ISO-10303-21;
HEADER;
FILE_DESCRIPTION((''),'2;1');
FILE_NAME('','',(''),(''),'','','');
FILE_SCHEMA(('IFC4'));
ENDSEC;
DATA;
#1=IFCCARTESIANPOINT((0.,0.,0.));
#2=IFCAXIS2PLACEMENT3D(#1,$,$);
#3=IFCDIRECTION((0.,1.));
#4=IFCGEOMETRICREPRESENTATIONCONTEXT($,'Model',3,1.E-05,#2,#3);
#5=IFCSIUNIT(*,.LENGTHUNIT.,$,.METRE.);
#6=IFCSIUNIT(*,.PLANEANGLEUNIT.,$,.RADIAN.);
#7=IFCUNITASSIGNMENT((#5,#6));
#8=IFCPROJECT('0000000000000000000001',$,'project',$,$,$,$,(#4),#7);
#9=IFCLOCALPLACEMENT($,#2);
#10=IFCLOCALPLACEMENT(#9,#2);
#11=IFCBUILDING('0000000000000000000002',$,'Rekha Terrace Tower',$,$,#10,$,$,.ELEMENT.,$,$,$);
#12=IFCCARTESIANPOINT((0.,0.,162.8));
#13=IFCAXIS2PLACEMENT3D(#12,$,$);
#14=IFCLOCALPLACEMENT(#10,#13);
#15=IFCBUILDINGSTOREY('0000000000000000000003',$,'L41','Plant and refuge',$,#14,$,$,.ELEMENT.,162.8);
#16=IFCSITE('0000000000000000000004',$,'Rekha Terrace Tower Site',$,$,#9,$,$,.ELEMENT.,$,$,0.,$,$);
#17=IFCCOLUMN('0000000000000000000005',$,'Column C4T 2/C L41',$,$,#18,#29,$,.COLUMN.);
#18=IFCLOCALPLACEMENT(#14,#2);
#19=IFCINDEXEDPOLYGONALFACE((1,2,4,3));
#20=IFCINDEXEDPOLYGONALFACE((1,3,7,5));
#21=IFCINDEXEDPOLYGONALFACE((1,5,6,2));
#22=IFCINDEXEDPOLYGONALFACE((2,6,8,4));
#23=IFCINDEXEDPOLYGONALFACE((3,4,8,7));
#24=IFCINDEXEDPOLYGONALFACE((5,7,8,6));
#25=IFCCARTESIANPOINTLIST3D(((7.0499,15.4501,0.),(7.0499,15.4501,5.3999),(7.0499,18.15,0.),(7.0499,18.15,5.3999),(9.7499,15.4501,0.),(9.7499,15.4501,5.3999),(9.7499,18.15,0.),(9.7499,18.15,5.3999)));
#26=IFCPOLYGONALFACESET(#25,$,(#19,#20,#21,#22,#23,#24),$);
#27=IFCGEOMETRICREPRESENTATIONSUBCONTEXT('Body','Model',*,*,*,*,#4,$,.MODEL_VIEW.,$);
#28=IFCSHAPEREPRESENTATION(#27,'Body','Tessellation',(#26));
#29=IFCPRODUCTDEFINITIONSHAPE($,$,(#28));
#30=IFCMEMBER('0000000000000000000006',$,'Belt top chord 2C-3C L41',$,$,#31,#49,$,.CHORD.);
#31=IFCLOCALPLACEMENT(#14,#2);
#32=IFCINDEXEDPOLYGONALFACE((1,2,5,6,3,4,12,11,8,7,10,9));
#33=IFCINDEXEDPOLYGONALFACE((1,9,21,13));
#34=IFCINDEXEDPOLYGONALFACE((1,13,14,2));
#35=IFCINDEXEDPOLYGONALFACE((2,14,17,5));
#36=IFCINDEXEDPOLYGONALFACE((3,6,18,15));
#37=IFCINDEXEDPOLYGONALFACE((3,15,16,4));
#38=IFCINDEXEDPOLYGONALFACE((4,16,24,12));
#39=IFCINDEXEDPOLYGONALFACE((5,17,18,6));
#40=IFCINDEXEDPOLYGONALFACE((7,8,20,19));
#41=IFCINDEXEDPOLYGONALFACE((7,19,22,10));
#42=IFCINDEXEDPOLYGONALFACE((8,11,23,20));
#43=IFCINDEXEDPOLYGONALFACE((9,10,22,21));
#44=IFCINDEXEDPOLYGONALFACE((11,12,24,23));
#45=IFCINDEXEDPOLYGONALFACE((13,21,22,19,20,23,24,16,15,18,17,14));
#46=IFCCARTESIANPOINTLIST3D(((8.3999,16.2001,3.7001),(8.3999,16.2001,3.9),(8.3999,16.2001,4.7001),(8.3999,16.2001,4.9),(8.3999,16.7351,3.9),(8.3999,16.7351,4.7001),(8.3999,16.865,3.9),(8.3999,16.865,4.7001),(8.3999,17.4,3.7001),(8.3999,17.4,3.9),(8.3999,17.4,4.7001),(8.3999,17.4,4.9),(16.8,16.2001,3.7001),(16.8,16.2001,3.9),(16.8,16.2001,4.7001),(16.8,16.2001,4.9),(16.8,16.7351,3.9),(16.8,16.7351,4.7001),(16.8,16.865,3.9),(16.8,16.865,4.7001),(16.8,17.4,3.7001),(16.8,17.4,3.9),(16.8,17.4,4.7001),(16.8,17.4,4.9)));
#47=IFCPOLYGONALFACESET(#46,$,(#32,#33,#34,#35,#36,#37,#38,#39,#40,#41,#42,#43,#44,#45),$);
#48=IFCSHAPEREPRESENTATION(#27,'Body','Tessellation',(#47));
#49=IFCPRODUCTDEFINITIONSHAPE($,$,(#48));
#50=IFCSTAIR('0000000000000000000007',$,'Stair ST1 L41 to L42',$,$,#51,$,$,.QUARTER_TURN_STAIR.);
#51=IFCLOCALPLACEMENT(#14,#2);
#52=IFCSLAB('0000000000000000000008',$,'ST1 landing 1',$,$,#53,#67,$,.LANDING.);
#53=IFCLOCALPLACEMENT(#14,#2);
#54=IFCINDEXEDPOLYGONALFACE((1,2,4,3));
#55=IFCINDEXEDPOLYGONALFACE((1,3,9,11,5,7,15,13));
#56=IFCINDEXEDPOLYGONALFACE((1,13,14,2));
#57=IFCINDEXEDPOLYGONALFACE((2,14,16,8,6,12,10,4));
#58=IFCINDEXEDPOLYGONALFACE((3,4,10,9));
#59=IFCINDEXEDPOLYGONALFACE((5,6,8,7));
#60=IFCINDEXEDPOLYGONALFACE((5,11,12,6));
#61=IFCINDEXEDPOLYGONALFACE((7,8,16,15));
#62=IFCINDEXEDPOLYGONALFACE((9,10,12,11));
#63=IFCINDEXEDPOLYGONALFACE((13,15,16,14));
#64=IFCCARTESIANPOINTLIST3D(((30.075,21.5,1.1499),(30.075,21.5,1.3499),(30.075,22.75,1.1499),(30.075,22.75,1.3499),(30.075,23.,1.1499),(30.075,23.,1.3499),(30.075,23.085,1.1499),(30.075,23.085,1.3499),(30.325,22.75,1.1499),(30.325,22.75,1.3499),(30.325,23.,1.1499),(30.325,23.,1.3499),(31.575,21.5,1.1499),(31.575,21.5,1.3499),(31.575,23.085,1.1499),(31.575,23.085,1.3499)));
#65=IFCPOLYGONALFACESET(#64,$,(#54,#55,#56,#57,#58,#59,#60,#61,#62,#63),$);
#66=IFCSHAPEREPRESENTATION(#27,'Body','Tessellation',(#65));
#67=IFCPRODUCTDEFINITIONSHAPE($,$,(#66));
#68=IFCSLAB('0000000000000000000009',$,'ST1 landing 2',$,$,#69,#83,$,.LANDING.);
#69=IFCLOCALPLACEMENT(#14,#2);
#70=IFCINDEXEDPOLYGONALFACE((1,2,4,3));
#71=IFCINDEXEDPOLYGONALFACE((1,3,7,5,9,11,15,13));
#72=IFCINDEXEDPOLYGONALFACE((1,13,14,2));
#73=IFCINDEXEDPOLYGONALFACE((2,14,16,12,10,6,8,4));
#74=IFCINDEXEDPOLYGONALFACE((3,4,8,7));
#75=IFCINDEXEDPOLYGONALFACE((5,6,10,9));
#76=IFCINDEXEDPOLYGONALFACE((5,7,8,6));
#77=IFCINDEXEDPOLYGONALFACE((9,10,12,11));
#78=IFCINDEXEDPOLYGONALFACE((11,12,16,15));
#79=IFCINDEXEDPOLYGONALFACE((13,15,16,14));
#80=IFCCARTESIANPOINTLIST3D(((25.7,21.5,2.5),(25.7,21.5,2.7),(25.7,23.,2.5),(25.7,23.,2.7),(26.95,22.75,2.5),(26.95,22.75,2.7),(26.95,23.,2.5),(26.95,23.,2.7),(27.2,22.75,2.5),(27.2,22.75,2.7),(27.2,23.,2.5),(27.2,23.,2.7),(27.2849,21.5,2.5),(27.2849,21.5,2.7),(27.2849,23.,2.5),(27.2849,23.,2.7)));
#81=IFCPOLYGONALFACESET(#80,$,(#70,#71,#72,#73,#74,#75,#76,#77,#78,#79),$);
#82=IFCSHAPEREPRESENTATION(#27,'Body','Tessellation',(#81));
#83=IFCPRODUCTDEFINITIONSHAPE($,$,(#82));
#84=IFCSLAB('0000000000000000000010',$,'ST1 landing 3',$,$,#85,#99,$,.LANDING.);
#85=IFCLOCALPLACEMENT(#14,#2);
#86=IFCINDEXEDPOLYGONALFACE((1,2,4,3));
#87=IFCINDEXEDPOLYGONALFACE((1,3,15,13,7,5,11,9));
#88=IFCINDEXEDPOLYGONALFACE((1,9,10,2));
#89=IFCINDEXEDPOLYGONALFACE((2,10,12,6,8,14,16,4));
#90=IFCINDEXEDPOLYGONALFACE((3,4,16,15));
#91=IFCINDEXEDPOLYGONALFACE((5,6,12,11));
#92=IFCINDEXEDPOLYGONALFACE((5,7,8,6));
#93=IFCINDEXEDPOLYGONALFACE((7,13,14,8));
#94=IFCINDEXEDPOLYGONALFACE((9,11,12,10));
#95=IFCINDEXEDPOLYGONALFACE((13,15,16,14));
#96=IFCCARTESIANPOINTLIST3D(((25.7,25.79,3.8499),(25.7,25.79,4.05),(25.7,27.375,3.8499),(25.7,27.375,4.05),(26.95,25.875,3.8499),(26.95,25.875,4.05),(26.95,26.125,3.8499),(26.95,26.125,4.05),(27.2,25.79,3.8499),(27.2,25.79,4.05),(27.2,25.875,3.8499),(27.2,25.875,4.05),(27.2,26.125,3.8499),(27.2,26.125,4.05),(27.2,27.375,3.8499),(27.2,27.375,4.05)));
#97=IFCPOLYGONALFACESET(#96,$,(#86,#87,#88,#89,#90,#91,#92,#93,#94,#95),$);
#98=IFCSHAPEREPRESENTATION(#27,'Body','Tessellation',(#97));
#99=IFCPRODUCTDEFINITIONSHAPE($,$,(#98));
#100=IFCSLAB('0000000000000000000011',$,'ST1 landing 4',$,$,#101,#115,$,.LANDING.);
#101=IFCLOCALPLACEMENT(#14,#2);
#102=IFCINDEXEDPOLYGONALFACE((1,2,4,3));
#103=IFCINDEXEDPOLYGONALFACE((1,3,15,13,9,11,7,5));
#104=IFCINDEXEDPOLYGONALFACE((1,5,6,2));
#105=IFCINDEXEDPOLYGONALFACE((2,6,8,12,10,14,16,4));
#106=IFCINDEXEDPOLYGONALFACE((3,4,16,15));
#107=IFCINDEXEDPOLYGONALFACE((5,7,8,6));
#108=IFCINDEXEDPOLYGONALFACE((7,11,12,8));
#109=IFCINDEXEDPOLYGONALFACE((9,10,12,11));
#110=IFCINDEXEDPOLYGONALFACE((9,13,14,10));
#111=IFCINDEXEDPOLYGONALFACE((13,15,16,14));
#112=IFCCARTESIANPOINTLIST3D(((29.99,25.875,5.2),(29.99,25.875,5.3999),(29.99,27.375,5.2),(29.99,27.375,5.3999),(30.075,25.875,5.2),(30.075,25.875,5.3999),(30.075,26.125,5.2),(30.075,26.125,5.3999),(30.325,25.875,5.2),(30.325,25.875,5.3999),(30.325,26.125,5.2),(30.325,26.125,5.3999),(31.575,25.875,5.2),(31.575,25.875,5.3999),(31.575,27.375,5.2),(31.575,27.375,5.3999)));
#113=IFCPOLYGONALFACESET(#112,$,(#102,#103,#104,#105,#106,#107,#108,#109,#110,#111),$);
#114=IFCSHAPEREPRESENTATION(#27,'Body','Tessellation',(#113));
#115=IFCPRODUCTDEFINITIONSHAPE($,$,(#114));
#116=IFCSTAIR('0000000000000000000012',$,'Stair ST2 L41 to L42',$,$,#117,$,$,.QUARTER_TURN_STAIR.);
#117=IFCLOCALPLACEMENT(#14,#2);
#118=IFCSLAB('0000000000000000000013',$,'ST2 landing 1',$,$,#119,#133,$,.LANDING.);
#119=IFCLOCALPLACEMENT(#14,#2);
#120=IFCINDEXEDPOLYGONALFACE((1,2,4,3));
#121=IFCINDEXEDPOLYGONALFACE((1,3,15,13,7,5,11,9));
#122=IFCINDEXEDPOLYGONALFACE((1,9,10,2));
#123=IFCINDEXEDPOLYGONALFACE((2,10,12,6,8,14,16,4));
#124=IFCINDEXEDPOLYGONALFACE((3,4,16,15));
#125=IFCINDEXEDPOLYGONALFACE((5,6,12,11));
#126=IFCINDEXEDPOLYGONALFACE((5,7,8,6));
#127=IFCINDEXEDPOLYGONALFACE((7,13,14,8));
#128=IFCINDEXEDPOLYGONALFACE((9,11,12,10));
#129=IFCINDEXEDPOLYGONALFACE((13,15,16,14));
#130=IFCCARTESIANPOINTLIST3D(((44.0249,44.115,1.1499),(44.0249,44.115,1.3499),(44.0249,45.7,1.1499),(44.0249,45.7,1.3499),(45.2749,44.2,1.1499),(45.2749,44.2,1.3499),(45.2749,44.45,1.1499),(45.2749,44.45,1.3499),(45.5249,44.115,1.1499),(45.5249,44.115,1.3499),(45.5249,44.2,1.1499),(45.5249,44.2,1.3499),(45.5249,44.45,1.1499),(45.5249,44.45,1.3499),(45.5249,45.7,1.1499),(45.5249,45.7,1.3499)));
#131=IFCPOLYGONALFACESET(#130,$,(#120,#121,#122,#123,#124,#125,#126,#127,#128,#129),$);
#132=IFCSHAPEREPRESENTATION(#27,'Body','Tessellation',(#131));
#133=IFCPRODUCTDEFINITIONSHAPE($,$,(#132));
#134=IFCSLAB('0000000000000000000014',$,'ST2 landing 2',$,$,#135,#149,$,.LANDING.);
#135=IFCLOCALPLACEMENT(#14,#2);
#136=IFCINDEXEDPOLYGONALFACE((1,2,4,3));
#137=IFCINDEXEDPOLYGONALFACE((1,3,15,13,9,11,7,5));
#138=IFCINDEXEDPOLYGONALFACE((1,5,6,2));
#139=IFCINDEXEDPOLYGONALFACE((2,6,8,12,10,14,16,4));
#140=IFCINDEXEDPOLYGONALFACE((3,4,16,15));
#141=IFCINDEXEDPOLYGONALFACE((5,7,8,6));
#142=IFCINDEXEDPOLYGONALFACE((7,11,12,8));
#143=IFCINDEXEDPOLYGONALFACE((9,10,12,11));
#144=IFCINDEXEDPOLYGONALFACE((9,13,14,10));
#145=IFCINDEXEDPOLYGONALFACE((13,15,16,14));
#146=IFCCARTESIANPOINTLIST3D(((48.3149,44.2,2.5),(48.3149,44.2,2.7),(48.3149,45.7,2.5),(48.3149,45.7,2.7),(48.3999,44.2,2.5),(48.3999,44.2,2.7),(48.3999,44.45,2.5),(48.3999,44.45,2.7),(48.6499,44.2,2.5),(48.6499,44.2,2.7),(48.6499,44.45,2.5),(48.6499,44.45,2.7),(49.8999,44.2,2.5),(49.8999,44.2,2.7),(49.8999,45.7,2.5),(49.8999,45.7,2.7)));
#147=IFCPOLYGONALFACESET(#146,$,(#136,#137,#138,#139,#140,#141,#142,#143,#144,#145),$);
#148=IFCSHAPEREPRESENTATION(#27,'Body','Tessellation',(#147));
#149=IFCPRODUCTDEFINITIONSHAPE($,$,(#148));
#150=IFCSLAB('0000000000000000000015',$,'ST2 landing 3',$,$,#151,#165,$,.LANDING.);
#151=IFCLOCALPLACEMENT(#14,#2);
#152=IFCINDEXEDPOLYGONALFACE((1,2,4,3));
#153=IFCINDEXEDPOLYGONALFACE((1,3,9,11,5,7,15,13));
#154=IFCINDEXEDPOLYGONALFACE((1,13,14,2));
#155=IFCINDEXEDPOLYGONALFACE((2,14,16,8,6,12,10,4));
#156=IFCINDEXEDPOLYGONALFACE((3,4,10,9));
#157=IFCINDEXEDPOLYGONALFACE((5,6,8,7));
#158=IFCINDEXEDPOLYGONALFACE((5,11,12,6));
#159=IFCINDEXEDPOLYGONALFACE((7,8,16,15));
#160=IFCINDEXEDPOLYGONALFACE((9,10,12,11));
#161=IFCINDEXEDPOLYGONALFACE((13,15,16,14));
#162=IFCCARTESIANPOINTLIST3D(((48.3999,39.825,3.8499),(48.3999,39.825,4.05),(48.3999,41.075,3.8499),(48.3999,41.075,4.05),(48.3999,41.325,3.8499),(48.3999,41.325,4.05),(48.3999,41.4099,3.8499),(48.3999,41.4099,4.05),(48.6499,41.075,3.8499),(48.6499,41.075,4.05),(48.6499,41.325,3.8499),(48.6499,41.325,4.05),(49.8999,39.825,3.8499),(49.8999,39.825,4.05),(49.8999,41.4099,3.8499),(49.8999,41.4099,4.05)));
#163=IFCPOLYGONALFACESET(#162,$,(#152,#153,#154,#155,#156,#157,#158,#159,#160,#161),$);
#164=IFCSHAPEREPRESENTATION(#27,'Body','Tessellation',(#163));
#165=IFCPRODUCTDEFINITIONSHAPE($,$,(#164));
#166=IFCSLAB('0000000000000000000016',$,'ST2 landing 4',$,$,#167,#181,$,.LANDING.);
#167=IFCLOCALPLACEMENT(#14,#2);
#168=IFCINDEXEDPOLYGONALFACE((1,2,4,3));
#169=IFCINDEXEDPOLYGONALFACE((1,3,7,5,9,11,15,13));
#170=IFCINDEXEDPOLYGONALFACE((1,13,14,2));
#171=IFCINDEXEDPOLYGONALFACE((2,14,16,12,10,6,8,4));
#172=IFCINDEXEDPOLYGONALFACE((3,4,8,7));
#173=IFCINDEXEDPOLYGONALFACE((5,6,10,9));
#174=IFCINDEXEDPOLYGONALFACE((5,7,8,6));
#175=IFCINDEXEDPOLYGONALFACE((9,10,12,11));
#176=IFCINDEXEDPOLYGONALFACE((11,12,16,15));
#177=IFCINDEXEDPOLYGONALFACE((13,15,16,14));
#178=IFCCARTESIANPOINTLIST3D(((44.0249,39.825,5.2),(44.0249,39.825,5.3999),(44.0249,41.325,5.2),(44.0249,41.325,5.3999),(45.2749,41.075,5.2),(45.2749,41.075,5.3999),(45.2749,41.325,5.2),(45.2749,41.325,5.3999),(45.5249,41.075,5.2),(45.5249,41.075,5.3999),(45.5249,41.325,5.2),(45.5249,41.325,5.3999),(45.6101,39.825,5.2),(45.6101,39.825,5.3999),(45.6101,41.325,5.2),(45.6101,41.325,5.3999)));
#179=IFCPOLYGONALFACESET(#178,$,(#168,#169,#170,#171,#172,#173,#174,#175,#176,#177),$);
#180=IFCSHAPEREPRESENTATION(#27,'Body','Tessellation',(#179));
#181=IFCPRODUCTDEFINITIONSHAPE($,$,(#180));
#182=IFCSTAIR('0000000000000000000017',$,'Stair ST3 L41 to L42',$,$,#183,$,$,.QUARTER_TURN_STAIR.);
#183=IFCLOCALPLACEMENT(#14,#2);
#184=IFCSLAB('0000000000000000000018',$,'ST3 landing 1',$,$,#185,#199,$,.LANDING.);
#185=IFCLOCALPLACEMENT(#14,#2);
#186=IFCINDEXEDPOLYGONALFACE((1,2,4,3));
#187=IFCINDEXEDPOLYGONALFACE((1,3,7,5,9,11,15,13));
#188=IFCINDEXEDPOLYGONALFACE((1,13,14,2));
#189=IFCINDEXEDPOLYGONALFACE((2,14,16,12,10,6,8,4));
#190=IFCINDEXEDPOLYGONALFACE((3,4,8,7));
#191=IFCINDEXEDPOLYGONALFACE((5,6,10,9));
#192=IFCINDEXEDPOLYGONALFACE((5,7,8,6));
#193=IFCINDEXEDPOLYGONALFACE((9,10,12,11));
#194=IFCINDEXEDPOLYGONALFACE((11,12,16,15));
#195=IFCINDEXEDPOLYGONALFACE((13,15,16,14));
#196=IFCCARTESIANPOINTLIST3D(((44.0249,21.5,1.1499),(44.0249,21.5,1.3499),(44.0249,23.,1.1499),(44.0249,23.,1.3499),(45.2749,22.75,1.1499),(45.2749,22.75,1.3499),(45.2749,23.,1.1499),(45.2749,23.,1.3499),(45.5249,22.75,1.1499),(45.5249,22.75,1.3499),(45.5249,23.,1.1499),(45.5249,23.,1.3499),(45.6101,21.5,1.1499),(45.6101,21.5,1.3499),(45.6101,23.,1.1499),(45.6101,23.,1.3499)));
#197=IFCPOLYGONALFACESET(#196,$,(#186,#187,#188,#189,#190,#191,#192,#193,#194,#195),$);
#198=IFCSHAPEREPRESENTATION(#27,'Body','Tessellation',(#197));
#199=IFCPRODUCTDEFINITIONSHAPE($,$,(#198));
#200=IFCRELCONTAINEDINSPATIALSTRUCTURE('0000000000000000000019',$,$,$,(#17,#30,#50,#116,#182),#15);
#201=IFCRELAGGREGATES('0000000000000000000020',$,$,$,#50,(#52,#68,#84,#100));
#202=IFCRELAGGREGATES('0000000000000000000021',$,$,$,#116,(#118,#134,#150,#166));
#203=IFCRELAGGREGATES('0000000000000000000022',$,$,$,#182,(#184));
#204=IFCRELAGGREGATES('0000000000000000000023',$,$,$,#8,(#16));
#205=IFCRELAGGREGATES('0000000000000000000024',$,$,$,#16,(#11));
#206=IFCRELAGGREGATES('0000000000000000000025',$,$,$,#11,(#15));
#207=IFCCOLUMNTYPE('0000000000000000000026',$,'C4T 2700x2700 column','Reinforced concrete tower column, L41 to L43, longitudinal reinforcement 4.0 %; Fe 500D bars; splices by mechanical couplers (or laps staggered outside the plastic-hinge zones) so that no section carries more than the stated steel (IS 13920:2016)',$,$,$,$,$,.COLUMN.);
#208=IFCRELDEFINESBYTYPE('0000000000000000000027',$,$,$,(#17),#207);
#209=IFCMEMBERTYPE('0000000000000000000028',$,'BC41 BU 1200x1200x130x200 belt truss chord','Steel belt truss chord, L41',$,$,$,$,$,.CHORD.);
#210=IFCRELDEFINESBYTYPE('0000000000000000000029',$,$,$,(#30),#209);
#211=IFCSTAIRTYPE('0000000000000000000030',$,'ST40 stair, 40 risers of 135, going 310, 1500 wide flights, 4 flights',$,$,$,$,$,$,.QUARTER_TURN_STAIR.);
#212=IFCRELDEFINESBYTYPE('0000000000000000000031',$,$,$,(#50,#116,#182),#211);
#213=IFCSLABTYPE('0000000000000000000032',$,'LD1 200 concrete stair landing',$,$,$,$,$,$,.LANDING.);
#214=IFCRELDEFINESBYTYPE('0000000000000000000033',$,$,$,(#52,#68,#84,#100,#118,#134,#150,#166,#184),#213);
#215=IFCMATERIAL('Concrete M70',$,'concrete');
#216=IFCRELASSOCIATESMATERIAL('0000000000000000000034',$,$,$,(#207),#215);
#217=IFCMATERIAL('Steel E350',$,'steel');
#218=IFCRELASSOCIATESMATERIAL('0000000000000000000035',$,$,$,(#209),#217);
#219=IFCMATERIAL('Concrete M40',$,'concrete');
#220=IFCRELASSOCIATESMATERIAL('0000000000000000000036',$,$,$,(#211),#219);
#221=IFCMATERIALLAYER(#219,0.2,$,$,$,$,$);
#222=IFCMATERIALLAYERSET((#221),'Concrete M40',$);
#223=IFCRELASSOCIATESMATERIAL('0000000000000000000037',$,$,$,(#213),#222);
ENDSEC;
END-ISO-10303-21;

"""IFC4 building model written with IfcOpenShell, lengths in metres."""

from ifc_helpers import new_model, si_unit, direction, frame, origin, origin_2d, place, context, subcontext, project, spatial, polyline, rectangle, i_section, outline, extrude, material, layer, layer_set, material_profile, profile_set, type_object, element, aggregate, save


model = new_model("IFC4")

# Units and contexts
model_context = context("Model", 3, precision=1e-05, world=origin(), true_north=direction((0.0, 1.0)))
body_context = subcontext(model_context, "Body", "Model", "MODEL_VIEW")
ifc_project = project(units=[si_unit("LENGTHUNIT", "METRE"), si_unit("PLANEANGLEUNIT", "RADIAN")], contexts=[model_context])

# Site, building, storey
site_placement = place(None, origin())
site = spatial("IfcSite", under=ifc_project, at=site_placement, Name="Rekha Terrace Tower Site", CompositionType="ELEMENT", RefElevation=0.0)
building_placement = place(site_placement, origin())
building = spatial("IfcBuilding", under=site, at=building_placement, Name="Rekha Terrace Tower", CompositionType="ELEMENT")
storey_placement = place(building_placement, frame((0.0, 0.0, 162.8)))
storey = spatial("IfcBuildingStorey", under=building, at=storey_placement, Name="L41", Description="Plant and refuge", CompositionType="ELEMENT", Elevation=162.8)

# Column
ifc_material_1 = material(Name="Concrete M70", Category="concrete")
ifc_material_profile_1 = material_profile(ifc_material_1, rectangle(XDim=2.7, YDim=2.7, at=origin_2d()), Name="RC 2700x2700")
ifc_profile_set_1 = profile_set([ifc_material_profile_1], Name="Concrete M70")
column_type = type_object("IfcColumnType", Name="C4T 2700x2700 column", Description="Reinforced concrete tower column, L41 to L43, longitudinal reinforcement 4.0 %; Fe 500D bars; splices by mechanical couplers (or laps staggered outside the plastic-hinge zones) so that no section carries more than the stated steel (IS 13920:2016)", PredefinedType="COLUMN", material=ifc_profile_set_1)
column_placement = place(storey_placement, frame((8.3999, 16.8, 0.0), z_axis=(0.0, 0.0, 1.0), x_axis=(1.0, 0.0, 0.0)))
element("IfcColumn", 1, at=column_placement, inside=storey, type_object=column_type, Name="Column C4T 2/C L41", PredefinedType="COLUMN", context=body_context, shape_type="SweptSolid", body=[
    extrude(rectangle(XDim=2.7, YDim=2.7, at=origin_2d()), origin(), (0.0, 0.0, 1.0), 5.3999),
])

# Member
ifc_material_2 = material(Name="Steel E350", Category="steel")
ifc_material_profile_2 = material_profile(ifc_material_2, i_section(OverallWidth=1.2, OverallDepth=1.2, WebThickness=0.1299, FlangeThickness=0.2, at=origin_2d()), Name="BU 1200x1200x130x200")
ifc_profile_set_2 = profile_set([ifc_material_profile_2], Name="Steel E350")
member_type = type_object("IfcMemberType", Name="BC41 BU 1200x1200x130x200 belt truss chord", Description="Steel belt truss chord, L41", PredefinedType="CHORD", material=ifc_profile_set_2)
member_placement = place(storey_placement, frame((8.3999, 16.8, 4.3), z_axis=(1.0, 0.0, 0.0), x_axis=(0.0, 1.0, 0.0)))
element("IfcMember", 2, at=member_placement, inside=storey, type_object=member_type, Name="Belt top chord 2C-3C L41", PredefinedType="CHORD", context=body_context, shape_type="SweptSolid", body=[
    extrude(i_section(OverallWidth=1.2, OverallDepth=1.2, WebThickness=0.1299, FlangeThickness=0.2, at=origin_2d()), origin(), (0.0, 0.0, 1.0), 8.4001),
])

# Stairs, slabs
ifc_material_3 = material(Name="Concrete M40", Category="concrete")
stair_type = type_object("IfcStairType", Name="ST40 stair, 40 risers of 135, going 310, 1500 wide flights, 4 flights", PredefinedType="QUARTER_TURN_STAIR", material=ifc_material_3)
stair_1_placement = place(storey_placement, origin())
stair_1 = element("IfcStair", 3, at=stair_1_placement, inside=storey, type_object=stair_type, Name="Stair ST1 L41 to L42", PredefinedType="QUARTER_TURN_STAIR")
ifc_layer_1 = layer(ifc_material_3, 0.2)
ifc_layer_set_1 = layer_set([ifc_layer_1], Name="Concrete M40")
slab_type_1 = type_object("IfcSlabType", Name="LD1 200 concrete stair landing", PredefinedType="LANDING", material=ifc_layer_set_1)
slab_1_placement = place(storey_placement, frame((0.0, 0.0, 1.1499)))
slab_1 = element("IfcSlab", 4, at=slab_1_placement, type_object=slab_type_1, Name="ST1 landing 1", PredefinedType="LANDING", context=body_context, shape_type="SweptSolid", body=[
    extrude(outline(polyline([(30.075, 21.5), (31.575, 21.5), (31.575, 23.085), (30.075, 23.085), (30.075, 23.0), (30.325, 23.0), (30.325, 22.75), (30.075, 22.75), (30.075, 21.5)])), origin(), (0.0, 0.0, 1.0), 0.2),
])
slab_2_placement = place(storey_placement, frame((0.0, 0.0, 2.5)))
slab_2 = element("IfcSlab", 5, at=slab_2_placement, type_object=slab_type_1, Name="ST1 landing 2", PredefinedType="LANDING", context=body_context, shape_type="SweptSolid", body=[
    extrude(outline(polyline([(25.7, 23.0), (25.7, 21.5), (27.2849, 21.5), (27.2849, 23.0), (27.2, 23.0), (27.2, 22.75), (26.95, 22.75), (26.95, 23.0), (25.7, 23.0)])), origin(), (0.0, 0.0, 1.0), 0.2),
])
slab_3_placement = place(storey_placement, frame((0.0, 0.0, 3.8499)))
slab_3 = element("IfcSlab", 6, at=slab_3_placement, type_object=slab_type_1, Name="ST1 landing 3", PredefinedType="LANDING", context=body_context, shape_type="SweptSolid", body=[
    extrude(outline(polyline([(27.2, 27.375), (25.7, 27.375), (25.7, 25.79), (27.2, 25.79), (27.2, 25.875), (26.95, 25.875), (26.95, 26.125), (27.2, 26.125), (27.2, 27.375)])), origin(), (0.0, 0.0, 1.0), 0.2002),
])
slab_4_placement = place(storey_placement, frame((0.0, 0.0, 5.2)))
slab_4 = element("IfcSlab", 7, at=slab_4_placement, type_object=slab_type_1, Name="ST1 landing 4", PredefinedType="LANDING", context=body_context, shape_type="SweptSolid", body=[
    extrude(outline(polyline([(31.575, 25.875), (31.575, 27.375), (29.99, 27.375), (29.99, 25.875), (30.075, 25.875), (30.075, 26.125), (30.325, 26.125), (30.325, 25.875), (31.575, 25.875)])), origin(), (0.0, 0.0, 1.0), 0.2),
])
aggregate(stair_1, [slab_1, slab_2, slab_3, slab_4])
stair_2_placement = place(storey_placement, origin())
stair_2 = element("IfcStair", 8, at=stair_2_placement, inside=storey, type_object=stair_type, Name="Stair ST2 L41 to L42", PredefinedType="QUARTER_TURN_STAIR")
slab_5_placement = place(storey_placement, frame((0.0, 0.0, 1.1499)))
slab_5 = element("IfcSlab", 9, at=slab_5_placement, type_object=slab_type_1, Name="ST2 landing 1", PredefinedType="LANDING", context=body_context, shape_type="SweptSolid", body=[
    extrude(outline(polyline([(45.5249, 45.7), (44.0249, 45.7), (44.0249, 44.115), (45.5249, 44.115), (45.5249, 44.2), (45.2749, 44.2), (45.2749, 44.45), (45.5249, 44.45), (45.5249, 45.7)])), origin(), (0.0, 0.0, 1.0), 0.2),
])
slab_6_placement = place(storey_placement, frame((0.0, 0.0, 2.5)))
slab_6 = element("IfcSlab", 10, at=slab_6_placement, type_object=slab_type_1, Name="ST2 landing 2", PredefinedType="LANDING", context=body_context, shape_type="SweptSolid", body=[
    extrude(outline(polyline([(49.8999, 44.2), (49.8999, 45.7), (48.3149, 45.7), (48.3149, 44.2), (48.3999, 44.2), (48.3999, 44.45), (48.6499, 44.45), (48.6499, 44.2), (49.8999, 44.2)])), origin(), (0.0, 0.0, 1.0), 0.2),
])
slab_7_placement = place(storey_placement, frame((0.0, 0.0, 3.8499)))
slab_7 = element("IfcSlab", 11, at=slab_7_placement, type_object=slab_type_1, Name="ST2 landing 3", PredefinedType="LANDING", context=body_context, shape_type="SweptSolid", body=[
    extrude(outline(polyline([(48.3999, 39.825), (49.8999, 39.825), (49.8999, 41.4099), (48.3999, 41.4099), (48.3999, 41.325), (48.6499, 41.325), (48.6499, 41.075), (48.3999, 41.075), (48.3999, 39.825)])), origin(), (0.0, 0.0, 1.0), 0.2002),
])
slab_8_placement = place(storey_placement, frame((0.0, 0.0, 5.2)))
slab_8 = element("IfcSlab", 12, at=slab_8_placement, type_object=slab_type_1, Name="ST2 landing 4", PredefinedType="LANDING", context=body_context, shape_type="SweptSolid", body=[
    extrude(outline(polyline([(44.0249, 41.325), (44.0249, 39.825), (45.6101, 39.825), (45.6101, 41.325), (45.5249, 41.325), (45.5249, 41.075), (45.2749, 41.075), (45.2749, 41.325), (44.0249, 41.325)])), origin(), (0.0, 0.0, 1.0), 0.2),
])
aggregate(stair_2, [slab_5, slab_6, slab_7, slab_8])
stair_3_placement = place(storey_placement, origin())
stair_3 = element("IfcStair", 13, at=stair_3_placement, inside=storey, type_object=stair_type, Name="Stair ST3 L41 to L42", PredefinedType="QUARTER_TURN_STAIR")
slab_9_placement = place(storey_placement, frame((0.0, 0.0, 1.1499)))
slab_9 = element("IfcSlab", 14, at=slab_9_placement, type_object=slab_type_1, Name="ST3 landing 1", PredefinedType="LANDING", context=body_context, shape_type="SweptSolid", body=[
    extrude(outline(polyline([(44.0249, 23.0), (44.0249, 21.5), (45.6101, 21.5), (45.6101, 23.0), (45.5249, 23.0), (45.5249, 22.75), (45.2749, 22.75), (45.2749, 23.0), (44.0249, 23.0)])), origin(), (0.0, 0.0, 1.0), 0.2),
])
aggregate(stair_3, [slab_9])

save(model, "model.ifc")
